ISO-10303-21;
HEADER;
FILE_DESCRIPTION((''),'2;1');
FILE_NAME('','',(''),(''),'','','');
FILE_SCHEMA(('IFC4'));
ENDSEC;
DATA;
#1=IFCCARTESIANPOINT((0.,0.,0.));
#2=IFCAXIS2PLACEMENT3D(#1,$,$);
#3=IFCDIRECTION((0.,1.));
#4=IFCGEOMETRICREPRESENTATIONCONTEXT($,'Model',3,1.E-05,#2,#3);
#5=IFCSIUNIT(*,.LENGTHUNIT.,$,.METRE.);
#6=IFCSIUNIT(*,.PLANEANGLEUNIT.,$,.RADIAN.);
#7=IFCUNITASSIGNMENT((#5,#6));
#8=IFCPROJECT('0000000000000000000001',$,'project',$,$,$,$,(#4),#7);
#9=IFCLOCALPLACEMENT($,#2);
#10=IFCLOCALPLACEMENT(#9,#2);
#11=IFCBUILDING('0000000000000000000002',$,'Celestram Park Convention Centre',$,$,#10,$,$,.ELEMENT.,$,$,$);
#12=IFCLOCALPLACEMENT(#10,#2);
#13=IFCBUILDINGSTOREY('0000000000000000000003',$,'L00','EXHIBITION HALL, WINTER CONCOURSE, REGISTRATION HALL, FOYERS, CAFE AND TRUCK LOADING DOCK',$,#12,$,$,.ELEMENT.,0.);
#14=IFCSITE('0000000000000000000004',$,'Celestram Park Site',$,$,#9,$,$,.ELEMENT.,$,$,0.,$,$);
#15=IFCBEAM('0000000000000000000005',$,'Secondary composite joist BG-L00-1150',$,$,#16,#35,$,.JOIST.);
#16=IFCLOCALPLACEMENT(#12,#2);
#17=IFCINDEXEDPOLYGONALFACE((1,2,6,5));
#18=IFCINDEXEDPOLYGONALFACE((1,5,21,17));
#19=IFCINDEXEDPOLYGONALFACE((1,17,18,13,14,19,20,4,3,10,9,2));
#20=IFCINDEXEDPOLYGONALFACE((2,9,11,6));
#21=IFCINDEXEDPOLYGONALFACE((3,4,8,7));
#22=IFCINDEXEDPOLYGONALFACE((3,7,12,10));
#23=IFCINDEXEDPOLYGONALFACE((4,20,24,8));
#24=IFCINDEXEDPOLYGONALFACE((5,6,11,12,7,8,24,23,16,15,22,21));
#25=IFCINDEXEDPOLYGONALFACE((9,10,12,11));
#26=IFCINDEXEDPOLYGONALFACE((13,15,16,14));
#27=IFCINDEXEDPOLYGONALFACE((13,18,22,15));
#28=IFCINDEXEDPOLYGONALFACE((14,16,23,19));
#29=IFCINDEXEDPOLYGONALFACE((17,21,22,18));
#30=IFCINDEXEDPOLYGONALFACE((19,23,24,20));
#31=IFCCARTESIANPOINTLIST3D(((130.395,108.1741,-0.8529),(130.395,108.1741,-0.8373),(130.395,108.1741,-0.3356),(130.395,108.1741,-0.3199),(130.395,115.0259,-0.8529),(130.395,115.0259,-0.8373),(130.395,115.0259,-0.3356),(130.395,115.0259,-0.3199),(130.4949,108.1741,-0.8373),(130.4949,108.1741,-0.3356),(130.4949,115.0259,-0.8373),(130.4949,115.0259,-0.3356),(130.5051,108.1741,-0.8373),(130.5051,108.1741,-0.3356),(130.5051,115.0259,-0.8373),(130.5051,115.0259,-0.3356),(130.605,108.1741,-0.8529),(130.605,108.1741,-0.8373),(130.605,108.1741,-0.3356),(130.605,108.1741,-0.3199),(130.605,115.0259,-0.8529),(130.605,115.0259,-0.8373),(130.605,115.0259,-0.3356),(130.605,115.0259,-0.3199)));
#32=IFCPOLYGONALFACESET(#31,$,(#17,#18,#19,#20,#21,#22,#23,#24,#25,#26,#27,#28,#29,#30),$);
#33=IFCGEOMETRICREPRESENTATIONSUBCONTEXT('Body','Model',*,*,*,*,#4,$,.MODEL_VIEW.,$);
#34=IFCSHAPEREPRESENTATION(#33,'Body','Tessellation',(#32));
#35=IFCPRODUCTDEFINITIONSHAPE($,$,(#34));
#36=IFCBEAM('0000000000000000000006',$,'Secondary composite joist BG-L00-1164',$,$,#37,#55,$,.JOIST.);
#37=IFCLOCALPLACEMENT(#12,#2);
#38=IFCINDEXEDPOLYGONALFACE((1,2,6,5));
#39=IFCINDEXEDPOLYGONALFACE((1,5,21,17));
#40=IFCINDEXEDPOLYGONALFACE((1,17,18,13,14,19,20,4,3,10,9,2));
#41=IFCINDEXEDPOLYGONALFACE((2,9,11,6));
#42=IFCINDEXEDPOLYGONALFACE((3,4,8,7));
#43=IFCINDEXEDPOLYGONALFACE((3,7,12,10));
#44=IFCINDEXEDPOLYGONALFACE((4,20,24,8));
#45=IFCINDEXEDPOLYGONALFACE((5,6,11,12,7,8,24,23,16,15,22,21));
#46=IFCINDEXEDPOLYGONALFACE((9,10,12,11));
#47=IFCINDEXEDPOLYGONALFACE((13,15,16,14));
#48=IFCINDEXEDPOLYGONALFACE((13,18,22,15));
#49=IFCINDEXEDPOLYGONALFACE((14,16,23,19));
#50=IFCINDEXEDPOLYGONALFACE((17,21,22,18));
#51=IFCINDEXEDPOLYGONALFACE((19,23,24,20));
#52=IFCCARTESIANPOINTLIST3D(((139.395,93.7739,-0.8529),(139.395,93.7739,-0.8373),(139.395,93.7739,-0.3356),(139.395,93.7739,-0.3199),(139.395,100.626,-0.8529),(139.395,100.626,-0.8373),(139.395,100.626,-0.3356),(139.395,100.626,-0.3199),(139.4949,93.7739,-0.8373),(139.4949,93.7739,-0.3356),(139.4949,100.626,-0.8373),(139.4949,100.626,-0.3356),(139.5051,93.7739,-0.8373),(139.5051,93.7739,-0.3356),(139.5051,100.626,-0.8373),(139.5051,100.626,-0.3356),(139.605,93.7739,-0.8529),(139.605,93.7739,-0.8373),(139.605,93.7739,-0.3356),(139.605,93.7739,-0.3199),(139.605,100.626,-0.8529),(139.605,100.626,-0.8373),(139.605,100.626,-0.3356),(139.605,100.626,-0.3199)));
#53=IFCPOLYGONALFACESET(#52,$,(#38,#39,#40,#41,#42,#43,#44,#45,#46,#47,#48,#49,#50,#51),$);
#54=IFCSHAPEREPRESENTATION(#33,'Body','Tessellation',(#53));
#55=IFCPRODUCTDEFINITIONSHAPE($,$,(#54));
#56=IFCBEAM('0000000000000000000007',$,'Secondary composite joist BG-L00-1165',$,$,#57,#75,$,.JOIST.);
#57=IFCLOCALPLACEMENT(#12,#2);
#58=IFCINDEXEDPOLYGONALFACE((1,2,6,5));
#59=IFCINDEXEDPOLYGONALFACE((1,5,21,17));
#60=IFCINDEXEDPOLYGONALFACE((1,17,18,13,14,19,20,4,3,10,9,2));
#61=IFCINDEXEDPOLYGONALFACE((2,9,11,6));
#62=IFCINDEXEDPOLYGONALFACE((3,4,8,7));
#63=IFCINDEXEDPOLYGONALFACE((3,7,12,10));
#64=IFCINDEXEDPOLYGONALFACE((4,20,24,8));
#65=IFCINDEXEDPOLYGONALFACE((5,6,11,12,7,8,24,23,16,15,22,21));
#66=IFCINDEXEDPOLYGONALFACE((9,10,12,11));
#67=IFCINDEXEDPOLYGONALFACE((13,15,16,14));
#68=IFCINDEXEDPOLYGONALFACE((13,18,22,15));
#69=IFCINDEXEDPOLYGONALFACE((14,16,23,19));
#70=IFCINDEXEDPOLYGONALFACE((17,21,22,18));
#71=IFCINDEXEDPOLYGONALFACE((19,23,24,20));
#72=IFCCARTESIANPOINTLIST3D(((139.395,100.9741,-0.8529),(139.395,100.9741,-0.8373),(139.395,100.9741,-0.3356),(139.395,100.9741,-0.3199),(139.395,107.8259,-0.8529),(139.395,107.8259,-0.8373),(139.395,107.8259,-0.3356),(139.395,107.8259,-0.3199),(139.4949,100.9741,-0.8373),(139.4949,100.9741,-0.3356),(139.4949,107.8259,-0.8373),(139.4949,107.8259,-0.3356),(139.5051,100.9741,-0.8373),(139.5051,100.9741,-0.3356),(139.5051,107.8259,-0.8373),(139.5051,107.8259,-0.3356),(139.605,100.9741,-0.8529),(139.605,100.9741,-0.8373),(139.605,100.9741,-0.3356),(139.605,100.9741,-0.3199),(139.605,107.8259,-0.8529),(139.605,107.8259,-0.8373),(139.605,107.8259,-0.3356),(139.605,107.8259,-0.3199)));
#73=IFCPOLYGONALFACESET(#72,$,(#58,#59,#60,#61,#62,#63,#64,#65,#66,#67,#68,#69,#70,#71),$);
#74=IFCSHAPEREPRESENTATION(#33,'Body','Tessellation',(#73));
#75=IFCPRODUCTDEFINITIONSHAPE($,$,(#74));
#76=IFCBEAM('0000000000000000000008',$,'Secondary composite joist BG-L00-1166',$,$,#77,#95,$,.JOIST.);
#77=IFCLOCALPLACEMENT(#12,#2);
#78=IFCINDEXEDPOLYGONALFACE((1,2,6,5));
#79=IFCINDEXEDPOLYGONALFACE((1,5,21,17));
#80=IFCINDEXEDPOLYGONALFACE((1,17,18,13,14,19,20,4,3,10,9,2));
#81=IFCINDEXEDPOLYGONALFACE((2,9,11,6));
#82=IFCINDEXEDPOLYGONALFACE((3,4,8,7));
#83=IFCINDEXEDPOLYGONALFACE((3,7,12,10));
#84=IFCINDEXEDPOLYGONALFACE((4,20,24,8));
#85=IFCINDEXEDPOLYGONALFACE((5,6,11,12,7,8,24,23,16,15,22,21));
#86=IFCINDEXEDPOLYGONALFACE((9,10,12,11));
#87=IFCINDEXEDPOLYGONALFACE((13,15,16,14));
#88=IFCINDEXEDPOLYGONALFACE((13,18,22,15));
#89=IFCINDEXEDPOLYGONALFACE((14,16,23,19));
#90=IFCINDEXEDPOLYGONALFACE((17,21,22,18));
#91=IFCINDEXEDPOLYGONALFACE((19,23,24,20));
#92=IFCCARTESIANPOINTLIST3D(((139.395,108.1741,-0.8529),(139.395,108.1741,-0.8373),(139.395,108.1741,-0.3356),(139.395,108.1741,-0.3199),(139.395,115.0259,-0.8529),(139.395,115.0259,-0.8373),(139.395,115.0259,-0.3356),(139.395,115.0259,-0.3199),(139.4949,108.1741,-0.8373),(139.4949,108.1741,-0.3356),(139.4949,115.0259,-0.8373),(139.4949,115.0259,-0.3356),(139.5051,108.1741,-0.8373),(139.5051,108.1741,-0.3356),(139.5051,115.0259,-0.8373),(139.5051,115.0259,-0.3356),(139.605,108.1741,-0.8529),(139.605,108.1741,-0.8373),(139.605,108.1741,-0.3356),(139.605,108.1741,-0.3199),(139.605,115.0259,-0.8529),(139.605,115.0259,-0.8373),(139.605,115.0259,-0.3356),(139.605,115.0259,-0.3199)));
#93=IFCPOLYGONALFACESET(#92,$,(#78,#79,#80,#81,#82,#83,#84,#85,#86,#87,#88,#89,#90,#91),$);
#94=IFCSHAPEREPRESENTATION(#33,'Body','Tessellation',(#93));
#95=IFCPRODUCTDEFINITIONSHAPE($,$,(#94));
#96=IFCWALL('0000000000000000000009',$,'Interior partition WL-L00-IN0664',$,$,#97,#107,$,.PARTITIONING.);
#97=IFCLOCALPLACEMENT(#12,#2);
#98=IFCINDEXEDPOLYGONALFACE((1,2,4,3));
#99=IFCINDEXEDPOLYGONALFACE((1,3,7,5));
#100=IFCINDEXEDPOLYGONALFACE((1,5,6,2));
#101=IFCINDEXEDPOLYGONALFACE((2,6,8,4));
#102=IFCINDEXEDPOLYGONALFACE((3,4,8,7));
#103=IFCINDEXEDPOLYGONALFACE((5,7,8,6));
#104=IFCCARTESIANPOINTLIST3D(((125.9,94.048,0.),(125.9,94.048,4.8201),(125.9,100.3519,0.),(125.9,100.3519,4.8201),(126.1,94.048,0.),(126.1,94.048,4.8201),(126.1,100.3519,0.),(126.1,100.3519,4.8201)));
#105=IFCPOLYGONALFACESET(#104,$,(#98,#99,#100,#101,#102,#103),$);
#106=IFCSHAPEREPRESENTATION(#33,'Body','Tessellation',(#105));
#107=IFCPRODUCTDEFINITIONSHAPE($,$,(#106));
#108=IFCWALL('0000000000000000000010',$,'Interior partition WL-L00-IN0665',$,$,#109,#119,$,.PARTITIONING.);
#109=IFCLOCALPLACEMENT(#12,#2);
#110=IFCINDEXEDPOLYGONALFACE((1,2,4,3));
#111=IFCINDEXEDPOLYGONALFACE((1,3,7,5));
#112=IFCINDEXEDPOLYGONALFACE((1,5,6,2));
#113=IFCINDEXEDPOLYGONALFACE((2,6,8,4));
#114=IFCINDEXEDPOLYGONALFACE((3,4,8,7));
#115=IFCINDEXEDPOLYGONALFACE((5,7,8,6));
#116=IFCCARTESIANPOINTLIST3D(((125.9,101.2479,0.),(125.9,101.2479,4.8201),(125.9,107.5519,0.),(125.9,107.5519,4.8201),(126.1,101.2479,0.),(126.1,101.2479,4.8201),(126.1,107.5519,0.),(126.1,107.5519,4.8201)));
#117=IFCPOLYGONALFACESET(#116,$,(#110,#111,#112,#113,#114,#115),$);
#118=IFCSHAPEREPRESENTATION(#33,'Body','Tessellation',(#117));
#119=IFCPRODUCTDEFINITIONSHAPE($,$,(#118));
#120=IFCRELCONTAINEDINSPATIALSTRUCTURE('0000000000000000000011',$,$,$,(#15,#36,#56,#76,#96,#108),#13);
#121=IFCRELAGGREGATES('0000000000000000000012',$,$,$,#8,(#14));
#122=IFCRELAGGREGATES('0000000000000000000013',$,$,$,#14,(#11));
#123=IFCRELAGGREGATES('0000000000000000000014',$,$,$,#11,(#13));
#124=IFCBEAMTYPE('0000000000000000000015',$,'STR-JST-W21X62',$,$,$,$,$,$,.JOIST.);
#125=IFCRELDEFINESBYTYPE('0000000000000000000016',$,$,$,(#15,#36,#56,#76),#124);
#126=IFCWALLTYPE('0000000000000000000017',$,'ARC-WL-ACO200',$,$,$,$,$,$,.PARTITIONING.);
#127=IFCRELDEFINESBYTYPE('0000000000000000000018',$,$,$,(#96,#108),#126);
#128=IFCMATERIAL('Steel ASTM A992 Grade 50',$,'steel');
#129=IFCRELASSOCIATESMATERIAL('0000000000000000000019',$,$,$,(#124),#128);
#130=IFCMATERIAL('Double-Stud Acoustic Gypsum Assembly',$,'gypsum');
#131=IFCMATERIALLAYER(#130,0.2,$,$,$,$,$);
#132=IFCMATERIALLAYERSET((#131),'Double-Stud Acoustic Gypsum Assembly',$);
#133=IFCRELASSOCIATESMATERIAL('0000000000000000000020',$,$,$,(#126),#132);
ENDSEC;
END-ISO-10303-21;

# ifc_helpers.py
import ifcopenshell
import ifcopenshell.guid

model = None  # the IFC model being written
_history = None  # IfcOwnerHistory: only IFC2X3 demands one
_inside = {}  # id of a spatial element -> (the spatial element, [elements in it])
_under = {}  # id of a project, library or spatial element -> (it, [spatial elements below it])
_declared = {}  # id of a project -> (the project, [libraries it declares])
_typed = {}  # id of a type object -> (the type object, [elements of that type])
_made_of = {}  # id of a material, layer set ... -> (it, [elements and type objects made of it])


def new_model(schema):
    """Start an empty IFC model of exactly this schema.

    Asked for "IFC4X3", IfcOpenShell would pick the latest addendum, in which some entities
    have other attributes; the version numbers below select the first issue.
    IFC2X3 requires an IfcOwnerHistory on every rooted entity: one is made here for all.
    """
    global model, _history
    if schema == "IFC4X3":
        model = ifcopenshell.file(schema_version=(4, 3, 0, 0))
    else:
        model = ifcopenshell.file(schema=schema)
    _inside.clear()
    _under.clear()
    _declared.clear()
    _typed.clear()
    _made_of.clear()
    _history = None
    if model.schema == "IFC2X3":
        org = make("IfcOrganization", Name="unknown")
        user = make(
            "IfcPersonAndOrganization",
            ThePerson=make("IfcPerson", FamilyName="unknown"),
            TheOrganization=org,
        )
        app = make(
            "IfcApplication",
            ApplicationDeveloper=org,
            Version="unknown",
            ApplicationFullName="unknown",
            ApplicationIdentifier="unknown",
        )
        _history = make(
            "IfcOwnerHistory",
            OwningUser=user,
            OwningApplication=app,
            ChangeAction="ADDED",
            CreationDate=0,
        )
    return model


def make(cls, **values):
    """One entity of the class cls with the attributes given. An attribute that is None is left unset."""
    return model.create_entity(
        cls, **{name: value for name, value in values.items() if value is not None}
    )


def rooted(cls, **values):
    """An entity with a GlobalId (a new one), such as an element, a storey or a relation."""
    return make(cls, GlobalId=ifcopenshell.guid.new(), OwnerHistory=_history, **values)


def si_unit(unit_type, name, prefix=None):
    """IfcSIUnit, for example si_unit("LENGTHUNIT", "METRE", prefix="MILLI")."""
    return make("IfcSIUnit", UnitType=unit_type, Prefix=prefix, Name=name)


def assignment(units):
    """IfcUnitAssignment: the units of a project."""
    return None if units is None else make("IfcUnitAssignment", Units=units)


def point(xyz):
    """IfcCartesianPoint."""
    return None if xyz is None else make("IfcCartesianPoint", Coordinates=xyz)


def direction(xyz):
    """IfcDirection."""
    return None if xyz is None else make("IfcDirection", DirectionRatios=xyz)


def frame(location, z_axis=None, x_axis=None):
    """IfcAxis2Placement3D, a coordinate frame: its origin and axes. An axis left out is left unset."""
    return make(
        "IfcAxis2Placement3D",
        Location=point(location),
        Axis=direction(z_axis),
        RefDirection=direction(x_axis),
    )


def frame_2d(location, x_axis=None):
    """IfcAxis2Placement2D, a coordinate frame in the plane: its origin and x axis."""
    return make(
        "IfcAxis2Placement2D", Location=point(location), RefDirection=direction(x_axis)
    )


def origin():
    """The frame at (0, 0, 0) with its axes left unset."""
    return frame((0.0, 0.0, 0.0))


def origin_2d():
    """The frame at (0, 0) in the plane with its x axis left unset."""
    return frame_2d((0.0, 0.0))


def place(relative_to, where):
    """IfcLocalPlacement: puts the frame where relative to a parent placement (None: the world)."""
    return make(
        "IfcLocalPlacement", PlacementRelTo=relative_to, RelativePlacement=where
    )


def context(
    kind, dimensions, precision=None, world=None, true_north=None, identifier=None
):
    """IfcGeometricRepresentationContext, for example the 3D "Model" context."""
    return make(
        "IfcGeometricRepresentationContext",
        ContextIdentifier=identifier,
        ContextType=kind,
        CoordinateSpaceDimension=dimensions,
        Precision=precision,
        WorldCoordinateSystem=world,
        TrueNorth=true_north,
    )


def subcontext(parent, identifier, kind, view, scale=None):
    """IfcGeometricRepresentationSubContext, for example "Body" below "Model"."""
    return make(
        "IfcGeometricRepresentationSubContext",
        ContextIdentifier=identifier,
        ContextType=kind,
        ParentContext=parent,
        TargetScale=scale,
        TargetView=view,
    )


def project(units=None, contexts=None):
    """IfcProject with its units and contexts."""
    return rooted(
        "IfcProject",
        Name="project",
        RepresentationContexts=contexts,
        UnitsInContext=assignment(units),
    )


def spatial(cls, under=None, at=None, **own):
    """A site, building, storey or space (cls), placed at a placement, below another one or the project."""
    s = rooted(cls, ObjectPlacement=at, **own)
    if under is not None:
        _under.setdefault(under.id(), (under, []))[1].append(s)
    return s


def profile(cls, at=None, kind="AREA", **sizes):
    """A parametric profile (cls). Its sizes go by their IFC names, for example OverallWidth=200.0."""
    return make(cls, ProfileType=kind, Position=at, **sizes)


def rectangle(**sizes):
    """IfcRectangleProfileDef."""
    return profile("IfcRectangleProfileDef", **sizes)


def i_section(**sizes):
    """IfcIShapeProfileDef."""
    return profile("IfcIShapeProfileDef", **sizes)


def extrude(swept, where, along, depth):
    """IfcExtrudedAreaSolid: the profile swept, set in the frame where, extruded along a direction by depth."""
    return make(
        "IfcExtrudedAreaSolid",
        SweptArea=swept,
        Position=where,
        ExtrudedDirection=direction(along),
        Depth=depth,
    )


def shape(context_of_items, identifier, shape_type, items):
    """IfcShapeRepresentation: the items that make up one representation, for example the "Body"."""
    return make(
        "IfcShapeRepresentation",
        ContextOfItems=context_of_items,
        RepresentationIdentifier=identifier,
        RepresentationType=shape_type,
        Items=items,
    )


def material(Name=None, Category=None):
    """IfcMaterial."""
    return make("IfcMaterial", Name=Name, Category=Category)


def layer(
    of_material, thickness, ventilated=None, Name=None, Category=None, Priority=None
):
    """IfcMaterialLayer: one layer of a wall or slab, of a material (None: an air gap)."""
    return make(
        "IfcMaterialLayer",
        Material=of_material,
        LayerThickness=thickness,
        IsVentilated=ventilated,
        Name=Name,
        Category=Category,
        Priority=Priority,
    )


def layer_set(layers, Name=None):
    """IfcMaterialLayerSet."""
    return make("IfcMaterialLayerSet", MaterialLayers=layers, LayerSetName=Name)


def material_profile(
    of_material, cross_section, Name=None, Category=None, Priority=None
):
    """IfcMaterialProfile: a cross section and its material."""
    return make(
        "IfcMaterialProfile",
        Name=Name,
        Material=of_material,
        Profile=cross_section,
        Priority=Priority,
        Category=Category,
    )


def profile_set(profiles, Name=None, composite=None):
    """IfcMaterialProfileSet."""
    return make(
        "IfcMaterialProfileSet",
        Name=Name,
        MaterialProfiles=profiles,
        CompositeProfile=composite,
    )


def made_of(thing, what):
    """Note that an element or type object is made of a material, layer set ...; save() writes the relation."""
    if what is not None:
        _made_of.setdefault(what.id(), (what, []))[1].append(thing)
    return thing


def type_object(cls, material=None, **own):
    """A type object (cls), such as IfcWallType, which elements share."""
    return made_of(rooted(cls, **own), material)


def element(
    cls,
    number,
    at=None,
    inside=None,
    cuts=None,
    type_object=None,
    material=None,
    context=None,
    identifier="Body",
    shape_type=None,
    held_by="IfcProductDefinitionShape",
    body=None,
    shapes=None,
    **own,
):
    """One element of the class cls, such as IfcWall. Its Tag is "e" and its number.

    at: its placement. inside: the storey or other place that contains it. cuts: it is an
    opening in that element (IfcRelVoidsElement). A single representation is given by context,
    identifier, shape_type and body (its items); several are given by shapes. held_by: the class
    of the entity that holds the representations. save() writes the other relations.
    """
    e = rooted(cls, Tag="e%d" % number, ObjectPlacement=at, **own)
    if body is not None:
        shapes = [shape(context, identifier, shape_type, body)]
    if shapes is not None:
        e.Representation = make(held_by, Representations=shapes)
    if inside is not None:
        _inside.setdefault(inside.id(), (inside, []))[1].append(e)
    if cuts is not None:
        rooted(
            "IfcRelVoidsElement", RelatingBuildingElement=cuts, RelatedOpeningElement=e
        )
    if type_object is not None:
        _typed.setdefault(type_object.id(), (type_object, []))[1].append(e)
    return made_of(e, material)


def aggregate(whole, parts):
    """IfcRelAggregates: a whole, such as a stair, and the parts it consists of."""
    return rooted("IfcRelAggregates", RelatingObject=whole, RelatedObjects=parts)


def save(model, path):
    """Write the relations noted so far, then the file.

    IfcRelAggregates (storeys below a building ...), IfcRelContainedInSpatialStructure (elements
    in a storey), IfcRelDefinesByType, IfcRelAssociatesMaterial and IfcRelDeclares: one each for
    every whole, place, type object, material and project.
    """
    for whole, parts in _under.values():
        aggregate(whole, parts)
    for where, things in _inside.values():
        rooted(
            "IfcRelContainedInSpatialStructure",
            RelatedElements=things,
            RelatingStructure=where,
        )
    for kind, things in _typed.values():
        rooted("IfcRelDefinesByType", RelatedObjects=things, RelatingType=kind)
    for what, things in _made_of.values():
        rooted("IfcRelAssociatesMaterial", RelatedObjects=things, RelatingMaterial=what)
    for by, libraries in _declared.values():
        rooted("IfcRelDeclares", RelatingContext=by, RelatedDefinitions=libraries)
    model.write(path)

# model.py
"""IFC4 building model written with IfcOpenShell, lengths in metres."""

from ifc_helpers import new_model, si_unit, direction, frame, frame_2d, origin, origin_2d, place, context, subcontext, project, spatial, rectangle, i_section, extrude, material, layer, layer_set, material_profile, profile_set, type_object, element, save


model = new_model("IFC4")

# Units and contexts
model_context = context("Model", 3, precision=1e-05, world=origin(), true_north=direction((0.0, 1.0)))
body_context = subcontext(model_context, "Body", "Model", "MODEL_VIEW")
ifc_project = project(units=[si_unit("LENGTHUNIT", "METRE"), si_unit("PLANEANGLEUNIT", "RADIAN")], contexts=[model_context])

# Site, building, storey
site_placement = place(None, origin())
site = spatial("IfcSite", under=ifc_project, at=site_placement, Name="Celestram Park Site", CompositionType="ELEMENT", RefElevation=0.0)
building_placement = place(site_placement, origin())
building = spatial("IfcBuilding", under=site, at=building_placement, Name="Celestram Park Convention Centre", CompositionType="ELEMENT")
storey_placement = place(building_placement, origin())
storey = spatial("IfcBuildingStorey", under=building, at=storey_placement, Name="L00", Description="EXHIBITION HALL, WINTER CONCOURSE, REGISTRATION HALL, FOYERS, CAFE AND TRUCK LOADING DOCK", CompositionType="ELEMENT", Elevation=0.0)

# Beams
ifc_material_1 = material(Name="Steel ASTM A992 Grade 50", Category="steel")
ifc_material_profile_1 = material_profile(ifc_material_1, i_section(OverallWidth=0.21, OverallDepth=0.533, WebThickness=0.0103, FlangeThickness=0.0156, at=origin_2d()), Name="W21X62")
ifc_profile_set_1 = profile_set([ifc_material_profile_1], Name="Steel ASTM A992 Grade 50")
beam_type_1 = type_object("IfcBeamType", Name="STR-JST-W21X62", PredefinedType="JOIST", material=ifc_profile_set_1)
for number, where, z_axis, x_axis, name in (
    (1, (130.5, 108.1741, -0.5864), (0.0, 1.0, 0.0), (-1.0, 0.0, 0.0), "Secondary composite joist BG-L00-1150"),
):
    element("IfcBeam", number, at=place(storey_placement, frame(where, z_axis=z_axis, x_axis=x_axis)), inside=storey, type_object=beam_type_1, Name=name, PredefinedType="JOIST", context=body_context, shape_type="SweptSolid", body=[
        extrude(i_section(OverallWidth=0.21, OverallDepth=0.533, WebThickness=0.0103, FlangeThickness=0.0156, at=origin_2d()), origin(), (0.0, 0.0, 1.0), 6.8518),
    ])
beam_1_placement = place(storey_placement, frame((139.5, 93.7739, -0.5864), z_axis=(0.0, 1.0, 0.0), x_axis=(-1.0, 0.0, 0.0)))
element("IfcBeam", 2, at=beam_1_placement, inside=storey, type_object=beam_type_1, Name="Secondary composite joist BG-L00-1164", PredefinedType="JOIST", context=body_context, shape_type="SweptSolid", body=[
    extrude(i_section(OverallWidth=0.21, OverallDepth=0.533, WebThickness=0.0103, FlangeThickness=0.0156, at=origin_2d()), origin(), (0.0, 0.0, 1.0), 6.8521),
])
for number, where, z_axis, x_axis, name in (
    (3, (139.5, 100.9741, -0.5864), (0.0, 1.0, 0.0), (-1.0, 0.0, 0.0), "Secondary composite joist BG-L00-1165"),
    (4, (139.5, 108.1741, -0.5864), (0.0, 1.0, 0.0), (-1.0, 0.0, 0.0), "Secondary composite joist BG-L00-1166"),
):
    element("IfcBeam", number, at=place(storey_placement, frame(where, z_axis=z_axis, x_axis=x_axis)), inside=storey, type_object=beam_type_1, Name=name, PredefinedType="JOIST", context=body_context, shape_type="SweptSolid", body=[
        extrude(i_section(OverallWidth=0.21, OverallDepth=0.533, WebThickness=0.0103, FlangeThickness=0.0156, at=origin_2d()), origin(), (0.0, 0.0, 1.0), 6.8518),
    ])

# Walls
ifc_material_2 = material(Name="Double-Stud Acoustic Gypsum Assembly", Category="gypsum")
ifc_layer = layer(ifc_material_2, 0.2)
ifc_layer_set = layer_set([ifc_layer], Name="Double-Stud Acoustic Gypsum Assembly")
wall_type = type_object("IfcWallType", Name="ARC-WL-ACO200", PredefinedType="PARTITIONING", material=ifc_layer_set)
for number, where, z_axis, x_axis, name in (
    (5, (126.0, 94.0481, 0.0), (0.0, 0.0, 1.0), (0.0, 1.0, 0.0), "Interior partition WL-L00-IN0664"),
    (6, (126.0, 101.248, 0.0), (0.0, 0.0, 1.0), (0.0, 1.0, 0.0), "Interior partition WL-L00-IN0665"),
):
    element("IfcWall", number, at=place(storey_placement, frame(where, z_axis=z_axis, x_axis=x_axis)), inside=storey, type_object=wall_type, Name=name, PredefinedType="PARTITIONING", context=body_context, shape_type="SweptSolid", body=[
        extrude(rectangle(XDim=6.304, YDim=0.2, at=frame_2d((3.1519, 0.0))), origin(), (0.0, 0.0, 1.0), 4.8201),
    ])

save(model, "model.ifc")
